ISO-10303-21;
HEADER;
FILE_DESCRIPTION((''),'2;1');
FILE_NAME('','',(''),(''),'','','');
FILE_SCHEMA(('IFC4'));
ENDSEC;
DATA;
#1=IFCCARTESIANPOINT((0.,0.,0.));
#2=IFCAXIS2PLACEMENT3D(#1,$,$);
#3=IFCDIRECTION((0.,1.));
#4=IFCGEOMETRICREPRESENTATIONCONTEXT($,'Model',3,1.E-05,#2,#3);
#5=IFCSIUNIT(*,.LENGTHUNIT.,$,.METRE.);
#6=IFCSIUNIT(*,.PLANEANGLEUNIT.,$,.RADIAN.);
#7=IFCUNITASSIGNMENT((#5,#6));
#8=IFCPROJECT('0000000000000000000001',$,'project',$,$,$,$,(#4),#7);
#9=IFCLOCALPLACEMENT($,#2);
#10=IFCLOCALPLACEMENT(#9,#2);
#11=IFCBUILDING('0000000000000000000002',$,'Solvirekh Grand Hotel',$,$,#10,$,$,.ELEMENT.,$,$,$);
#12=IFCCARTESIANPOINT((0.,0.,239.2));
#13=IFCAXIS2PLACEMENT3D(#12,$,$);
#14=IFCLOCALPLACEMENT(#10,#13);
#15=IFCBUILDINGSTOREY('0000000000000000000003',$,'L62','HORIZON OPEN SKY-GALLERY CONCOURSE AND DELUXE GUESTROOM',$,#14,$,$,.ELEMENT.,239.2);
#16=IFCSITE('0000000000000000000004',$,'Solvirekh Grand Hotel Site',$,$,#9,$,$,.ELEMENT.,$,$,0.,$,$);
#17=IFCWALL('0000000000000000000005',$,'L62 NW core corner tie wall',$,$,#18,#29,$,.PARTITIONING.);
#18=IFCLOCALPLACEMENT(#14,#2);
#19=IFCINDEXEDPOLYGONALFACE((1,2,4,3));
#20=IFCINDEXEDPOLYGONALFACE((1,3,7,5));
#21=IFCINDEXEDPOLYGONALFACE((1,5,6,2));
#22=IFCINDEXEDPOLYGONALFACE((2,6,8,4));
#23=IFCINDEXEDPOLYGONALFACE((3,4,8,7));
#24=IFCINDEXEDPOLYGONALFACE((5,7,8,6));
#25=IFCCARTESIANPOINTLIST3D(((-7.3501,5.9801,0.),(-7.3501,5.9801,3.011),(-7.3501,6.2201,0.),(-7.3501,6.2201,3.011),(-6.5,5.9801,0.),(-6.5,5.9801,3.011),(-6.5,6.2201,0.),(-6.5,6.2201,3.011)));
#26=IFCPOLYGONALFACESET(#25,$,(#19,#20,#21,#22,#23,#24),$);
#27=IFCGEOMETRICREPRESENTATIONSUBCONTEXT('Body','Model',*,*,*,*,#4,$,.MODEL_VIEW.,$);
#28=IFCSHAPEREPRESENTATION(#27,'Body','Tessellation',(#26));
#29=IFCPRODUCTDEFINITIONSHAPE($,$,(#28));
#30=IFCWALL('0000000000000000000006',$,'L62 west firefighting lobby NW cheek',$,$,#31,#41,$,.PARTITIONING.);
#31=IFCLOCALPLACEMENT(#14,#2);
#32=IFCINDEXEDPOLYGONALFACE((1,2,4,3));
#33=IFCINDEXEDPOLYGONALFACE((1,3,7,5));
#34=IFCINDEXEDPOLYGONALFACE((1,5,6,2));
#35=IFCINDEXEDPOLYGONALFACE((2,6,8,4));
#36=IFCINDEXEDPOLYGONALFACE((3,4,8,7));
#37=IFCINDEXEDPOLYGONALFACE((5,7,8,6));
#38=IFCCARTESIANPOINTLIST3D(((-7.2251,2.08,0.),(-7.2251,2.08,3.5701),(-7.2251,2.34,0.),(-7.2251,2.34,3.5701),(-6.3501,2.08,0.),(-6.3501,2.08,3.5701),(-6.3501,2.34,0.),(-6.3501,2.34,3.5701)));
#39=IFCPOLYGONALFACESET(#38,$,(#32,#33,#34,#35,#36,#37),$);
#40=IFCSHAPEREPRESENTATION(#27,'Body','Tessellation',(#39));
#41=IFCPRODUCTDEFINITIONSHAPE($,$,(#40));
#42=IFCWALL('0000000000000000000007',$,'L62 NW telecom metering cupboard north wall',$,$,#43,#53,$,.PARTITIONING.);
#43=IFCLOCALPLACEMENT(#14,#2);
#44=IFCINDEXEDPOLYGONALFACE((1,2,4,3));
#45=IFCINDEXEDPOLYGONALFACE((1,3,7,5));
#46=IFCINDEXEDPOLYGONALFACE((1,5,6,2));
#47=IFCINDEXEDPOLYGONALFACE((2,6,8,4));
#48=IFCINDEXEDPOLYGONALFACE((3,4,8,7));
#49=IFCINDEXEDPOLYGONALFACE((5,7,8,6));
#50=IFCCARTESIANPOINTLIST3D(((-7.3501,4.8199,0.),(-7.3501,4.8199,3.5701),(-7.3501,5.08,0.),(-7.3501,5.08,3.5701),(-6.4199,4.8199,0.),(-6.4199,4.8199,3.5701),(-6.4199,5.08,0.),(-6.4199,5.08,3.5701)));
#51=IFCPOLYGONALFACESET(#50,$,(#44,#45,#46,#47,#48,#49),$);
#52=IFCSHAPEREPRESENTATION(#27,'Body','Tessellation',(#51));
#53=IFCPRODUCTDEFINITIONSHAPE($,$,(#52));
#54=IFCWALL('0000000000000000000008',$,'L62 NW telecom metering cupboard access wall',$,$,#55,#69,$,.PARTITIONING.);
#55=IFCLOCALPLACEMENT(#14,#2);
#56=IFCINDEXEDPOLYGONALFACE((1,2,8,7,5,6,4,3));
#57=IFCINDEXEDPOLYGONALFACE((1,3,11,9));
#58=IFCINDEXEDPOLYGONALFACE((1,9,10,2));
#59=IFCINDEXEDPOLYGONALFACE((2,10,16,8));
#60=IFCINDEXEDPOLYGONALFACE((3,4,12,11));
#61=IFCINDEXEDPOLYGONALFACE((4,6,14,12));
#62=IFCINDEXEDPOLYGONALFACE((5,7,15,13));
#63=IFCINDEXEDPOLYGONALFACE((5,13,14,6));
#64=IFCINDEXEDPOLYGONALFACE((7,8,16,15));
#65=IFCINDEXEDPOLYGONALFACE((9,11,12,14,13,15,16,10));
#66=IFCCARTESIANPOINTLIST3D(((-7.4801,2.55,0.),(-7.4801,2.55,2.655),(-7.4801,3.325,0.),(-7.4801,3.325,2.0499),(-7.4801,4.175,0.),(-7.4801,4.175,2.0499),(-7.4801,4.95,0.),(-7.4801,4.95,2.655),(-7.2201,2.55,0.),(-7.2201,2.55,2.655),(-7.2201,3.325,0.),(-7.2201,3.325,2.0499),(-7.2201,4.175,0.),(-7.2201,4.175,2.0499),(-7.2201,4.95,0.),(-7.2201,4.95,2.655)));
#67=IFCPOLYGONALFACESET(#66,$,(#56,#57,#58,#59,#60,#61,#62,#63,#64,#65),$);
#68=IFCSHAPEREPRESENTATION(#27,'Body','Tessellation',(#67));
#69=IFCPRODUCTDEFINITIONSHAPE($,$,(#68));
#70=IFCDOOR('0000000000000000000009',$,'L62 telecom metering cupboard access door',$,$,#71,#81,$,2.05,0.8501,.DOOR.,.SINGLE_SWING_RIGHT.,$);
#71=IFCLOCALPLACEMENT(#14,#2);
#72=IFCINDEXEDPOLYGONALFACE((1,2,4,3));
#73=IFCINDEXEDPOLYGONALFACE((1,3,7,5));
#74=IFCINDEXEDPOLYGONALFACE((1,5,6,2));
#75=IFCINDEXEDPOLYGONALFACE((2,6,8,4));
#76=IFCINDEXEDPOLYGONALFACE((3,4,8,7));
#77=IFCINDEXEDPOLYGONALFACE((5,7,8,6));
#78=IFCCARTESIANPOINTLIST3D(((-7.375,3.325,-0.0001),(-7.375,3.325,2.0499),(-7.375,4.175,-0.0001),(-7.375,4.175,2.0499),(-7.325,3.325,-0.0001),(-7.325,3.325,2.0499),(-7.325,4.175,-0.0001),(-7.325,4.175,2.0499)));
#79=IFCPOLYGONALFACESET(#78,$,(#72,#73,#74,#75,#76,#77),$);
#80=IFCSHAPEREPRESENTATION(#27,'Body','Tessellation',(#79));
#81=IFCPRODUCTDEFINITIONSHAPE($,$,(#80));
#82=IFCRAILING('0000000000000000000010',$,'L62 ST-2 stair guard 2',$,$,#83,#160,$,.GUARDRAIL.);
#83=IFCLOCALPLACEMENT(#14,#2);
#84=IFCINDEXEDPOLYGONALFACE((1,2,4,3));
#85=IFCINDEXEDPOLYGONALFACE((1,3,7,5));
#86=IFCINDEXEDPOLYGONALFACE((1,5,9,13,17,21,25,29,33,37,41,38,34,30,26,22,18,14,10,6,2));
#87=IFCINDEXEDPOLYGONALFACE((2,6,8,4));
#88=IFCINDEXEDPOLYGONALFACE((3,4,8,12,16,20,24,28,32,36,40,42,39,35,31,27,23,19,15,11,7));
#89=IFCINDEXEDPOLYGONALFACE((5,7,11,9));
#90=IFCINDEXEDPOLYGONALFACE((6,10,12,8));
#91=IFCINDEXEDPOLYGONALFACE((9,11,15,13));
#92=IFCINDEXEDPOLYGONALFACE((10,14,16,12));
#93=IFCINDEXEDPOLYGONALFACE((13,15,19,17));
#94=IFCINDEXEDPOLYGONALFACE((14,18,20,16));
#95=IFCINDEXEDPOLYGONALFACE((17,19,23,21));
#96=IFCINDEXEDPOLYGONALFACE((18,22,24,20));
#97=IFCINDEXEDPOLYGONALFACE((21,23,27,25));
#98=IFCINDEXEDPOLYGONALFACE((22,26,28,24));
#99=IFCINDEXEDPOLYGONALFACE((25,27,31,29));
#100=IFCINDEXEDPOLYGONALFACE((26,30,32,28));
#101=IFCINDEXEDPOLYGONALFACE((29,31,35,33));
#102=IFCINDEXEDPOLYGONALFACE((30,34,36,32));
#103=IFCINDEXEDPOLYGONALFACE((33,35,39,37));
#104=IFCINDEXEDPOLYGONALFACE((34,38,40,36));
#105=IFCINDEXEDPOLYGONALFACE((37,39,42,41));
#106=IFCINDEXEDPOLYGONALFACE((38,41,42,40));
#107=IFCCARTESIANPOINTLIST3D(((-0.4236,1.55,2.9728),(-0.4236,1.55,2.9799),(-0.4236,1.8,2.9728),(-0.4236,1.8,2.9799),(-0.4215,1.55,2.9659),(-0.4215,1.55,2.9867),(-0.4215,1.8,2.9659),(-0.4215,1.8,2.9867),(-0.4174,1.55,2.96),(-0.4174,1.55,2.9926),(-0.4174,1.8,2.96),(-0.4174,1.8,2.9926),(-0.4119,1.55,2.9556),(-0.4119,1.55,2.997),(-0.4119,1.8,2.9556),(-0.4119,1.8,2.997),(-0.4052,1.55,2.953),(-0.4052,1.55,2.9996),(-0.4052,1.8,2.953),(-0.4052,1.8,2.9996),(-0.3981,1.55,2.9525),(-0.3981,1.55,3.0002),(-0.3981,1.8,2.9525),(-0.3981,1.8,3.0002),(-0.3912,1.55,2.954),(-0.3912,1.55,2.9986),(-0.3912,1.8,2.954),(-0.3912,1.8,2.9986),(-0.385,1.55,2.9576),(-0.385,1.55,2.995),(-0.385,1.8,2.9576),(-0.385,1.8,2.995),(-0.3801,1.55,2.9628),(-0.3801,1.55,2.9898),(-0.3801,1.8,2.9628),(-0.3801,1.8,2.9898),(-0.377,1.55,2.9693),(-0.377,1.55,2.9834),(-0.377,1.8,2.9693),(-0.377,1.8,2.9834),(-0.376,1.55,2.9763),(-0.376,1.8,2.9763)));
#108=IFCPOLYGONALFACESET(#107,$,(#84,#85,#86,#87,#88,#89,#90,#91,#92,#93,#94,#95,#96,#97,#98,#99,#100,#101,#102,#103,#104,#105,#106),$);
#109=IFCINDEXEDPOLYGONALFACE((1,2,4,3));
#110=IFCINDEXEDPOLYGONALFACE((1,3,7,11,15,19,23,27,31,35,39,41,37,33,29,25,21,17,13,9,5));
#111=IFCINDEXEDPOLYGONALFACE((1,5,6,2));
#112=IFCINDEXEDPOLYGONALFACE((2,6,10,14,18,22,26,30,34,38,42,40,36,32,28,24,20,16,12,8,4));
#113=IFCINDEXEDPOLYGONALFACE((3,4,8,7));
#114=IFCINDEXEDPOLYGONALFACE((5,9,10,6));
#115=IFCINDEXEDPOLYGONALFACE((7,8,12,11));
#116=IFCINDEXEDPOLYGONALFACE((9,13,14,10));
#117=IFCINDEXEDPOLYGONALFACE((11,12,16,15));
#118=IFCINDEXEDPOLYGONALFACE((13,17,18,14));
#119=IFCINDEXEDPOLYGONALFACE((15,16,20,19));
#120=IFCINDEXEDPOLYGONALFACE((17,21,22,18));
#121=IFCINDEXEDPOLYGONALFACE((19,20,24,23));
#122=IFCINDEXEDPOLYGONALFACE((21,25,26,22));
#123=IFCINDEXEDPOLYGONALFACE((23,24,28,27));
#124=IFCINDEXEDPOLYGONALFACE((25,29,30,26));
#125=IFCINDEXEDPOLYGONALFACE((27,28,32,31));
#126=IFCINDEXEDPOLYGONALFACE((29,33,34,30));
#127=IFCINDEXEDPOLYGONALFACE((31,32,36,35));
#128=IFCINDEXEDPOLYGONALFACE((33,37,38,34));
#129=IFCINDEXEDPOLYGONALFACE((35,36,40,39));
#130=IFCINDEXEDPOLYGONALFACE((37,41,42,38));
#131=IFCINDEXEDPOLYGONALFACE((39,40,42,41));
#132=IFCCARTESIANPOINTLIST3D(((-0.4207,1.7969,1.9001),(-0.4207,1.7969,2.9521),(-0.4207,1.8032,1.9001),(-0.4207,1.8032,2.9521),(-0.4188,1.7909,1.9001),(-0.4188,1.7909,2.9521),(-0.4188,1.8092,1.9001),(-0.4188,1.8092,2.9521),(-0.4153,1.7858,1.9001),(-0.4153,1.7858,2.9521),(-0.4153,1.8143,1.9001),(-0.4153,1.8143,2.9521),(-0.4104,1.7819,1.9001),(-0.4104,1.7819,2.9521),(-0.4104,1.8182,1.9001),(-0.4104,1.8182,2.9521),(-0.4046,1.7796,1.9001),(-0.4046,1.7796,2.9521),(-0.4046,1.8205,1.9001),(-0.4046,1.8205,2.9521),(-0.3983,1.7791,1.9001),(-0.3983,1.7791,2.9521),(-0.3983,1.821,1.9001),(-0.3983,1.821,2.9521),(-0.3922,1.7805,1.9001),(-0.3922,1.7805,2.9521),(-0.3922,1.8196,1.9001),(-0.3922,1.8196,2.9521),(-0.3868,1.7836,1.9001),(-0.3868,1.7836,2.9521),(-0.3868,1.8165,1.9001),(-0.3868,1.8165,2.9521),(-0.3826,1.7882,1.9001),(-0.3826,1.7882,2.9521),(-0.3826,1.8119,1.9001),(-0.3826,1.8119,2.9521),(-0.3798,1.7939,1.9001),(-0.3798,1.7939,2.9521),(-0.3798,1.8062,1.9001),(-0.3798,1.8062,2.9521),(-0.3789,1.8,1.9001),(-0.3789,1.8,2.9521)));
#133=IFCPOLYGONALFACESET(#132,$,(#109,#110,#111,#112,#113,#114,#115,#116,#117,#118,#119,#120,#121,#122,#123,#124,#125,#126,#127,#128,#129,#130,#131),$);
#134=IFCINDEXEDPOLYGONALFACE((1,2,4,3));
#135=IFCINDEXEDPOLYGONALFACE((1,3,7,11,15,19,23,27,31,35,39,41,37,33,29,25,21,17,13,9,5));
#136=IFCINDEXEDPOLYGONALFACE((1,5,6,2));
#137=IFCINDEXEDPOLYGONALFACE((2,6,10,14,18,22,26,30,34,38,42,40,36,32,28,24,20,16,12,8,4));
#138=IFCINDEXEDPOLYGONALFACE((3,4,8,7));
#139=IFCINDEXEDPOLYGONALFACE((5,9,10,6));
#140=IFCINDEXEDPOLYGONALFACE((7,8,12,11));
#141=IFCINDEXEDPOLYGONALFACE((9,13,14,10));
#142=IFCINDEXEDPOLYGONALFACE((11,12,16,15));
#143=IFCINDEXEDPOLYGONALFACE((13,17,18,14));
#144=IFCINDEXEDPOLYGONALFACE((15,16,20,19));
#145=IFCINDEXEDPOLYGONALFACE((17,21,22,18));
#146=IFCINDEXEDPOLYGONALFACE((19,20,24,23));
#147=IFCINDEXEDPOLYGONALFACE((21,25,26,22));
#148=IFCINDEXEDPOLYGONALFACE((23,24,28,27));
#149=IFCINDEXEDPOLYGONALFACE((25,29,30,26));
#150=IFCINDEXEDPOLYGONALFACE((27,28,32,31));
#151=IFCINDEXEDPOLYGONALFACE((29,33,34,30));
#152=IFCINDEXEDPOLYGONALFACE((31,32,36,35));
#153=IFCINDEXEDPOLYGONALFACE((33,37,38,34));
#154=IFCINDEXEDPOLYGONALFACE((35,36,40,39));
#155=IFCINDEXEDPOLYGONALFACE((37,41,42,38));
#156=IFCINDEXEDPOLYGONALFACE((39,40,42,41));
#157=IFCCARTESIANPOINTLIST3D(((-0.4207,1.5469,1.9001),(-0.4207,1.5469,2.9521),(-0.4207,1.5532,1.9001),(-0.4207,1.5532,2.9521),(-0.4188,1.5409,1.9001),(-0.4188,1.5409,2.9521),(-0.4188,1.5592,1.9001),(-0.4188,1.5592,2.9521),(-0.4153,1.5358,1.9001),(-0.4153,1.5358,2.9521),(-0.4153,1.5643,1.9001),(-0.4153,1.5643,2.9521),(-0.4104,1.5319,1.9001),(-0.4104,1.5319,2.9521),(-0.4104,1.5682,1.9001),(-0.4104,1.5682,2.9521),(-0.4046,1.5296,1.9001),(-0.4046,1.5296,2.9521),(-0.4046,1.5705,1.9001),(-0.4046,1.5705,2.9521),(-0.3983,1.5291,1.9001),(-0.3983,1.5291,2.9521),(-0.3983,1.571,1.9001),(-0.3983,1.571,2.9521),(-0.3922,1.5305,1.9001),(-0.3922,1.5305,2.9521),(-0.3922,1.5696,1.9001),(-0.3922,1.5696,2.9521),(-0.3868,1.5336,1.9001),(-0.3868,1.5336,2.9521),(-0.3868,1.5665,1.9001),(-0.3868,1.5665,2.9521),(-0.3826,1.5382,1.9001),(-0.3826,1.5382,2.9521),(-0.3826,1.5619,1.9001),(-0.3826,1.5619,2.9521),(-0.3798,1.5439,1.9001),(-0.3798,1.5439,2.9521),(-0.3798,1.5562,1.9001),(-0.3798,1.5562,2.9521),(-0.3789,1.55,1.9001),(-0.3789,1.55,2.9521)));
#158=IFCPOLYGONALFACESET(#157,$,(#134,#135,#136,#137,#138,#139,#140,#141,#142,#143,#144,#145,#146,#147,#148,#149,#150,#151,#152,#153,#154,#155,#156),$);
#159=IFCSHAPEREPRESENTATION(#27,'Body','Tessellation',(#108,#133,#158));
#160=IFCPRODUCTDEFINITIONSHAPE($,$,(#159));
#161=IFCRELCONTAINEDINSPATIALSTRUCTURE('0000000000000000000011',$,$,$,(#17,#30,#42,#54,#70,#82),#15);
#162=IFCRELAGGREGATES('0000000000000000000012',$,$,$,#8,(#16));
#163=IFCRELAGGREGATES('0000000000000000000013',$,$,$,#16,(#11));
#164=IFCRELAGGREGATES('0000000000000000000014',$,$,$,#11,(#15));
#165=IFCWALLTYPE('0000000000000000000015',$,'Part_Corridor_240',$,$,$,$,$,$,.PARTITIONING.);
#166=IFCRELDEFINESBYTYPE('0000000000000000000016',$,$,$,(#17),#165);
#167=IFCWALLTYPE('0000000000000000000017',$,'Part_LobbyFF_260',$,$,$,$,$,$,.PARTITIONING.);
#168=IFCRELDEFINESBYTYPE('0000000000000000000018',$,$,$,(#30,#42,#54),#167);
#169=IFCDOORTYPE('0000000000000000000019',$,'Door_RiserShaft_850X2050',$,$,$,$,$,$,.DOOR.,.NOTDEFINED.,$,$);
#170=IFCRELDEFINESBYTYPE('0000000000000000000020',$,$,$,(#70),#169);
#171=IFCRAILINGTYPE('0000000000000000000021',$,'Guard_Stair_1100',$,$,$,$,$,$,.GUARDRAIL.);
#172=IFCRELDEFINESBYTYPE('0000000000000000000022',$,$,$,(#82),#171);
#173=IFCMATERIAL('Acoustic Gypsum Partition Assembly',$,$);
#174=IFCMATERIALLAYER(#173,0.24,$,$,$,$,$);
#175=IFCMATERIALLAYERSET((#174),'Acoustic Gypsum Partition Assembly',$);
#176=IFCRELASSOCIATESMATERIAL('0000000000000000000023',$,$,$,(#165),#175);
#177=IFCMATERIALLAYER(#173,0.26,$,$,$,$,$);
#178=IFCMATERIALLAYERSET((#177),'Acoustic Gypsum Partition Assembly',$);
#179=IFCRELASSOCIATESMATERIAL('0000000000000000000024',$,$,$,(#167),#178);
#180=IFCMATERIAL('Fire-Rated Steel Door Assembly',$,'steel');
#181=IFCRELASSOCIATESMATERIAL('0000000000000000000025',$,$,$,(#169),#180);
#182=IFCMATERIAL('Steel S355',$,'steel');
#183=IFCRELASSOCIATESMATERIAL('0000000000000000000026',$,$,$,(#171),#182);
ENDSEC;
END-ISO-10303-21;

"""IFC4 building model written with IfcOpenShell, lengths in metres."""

from ifc_helpers import new_model, si_unit, direction, frame, frame_2d, origin, origin_2d, place, context, subcontext, project, spatial, rectangle, circle, extrude, material, layer, layer_set, type_object, element, fill, save


model = new_model("IFC4")

# Units and contexts
model_context = context("Model", 3, precision=1e-05, world=origin(), true_north=direction((0.0, 1.0)))
body_context = subcontext(model_context, "Body", "Model", "MODEL_VIEW")
ifc_project = project(units=[si_unit("LENGTHUNIT", "METRE"), si_unit("PLANEANGLEUNIT", "RADIAN")], contexts=[model_context])

# Site, building, storey
site_placement = place(None, origin())
site = spatial("IfcSite", under=ifc_project, at=site_placement, Name="Solvirekh Grand Hotel Site", CompositionType="ELEMENT", RefElevation=0.0)
building_placement = place(site_placement, origin())
building = spatial("IfcBuilding", under=site, at=building_placement, Name="Solvirekh Grand Hotel", CompositionType="ELEMENT")
storey_placement = place(building_placement, frame((0.0, 0.0, 239.2)))
storey = spatial("IfcBuildingStorey", under=building, at=storey_placement, Name="L62", Description="HORIZON OPEN SKY-GALLERY CONCOURSE AND DELUXE GUESTROOM", CompositionType="ELEMENT", Elevation=239.2)

# Shared definitions
ifc_material_1 = material(Name="Fire-Rated Steel Door Assembly", Category="steel")

# Walls
ifc_material_2 = material(Name="Acoustic Gypsum Partition Assembly")
ifc_layer_1 = layer(ifc_material_2, 0.24)
ifc_layer_set_1 = layer_set([ifc_layer_1], Name="Acoustic Gypsum Partition Assembly")
wall_type_1 = type_object("IfcWallType", Name="Part_Corridor_240", PredefinedType="PARTITIONING", material=ifc_layer_set_1)
wall_1_placement = place(storey_placement, frame((-7.3501, 6.1001, 0.0), z_axis=(0.0, 0.0, 1.0), x_axis=(1.0, 0.0, 0.0)))
element("IfcWall", 1, at=wall_1_placement, inside=storey, type_object=wall_type_1, Name="L62 NW core corner tie wall", PredefinedType="PARTITIONING", context=body_context, shape_type="SweptSolid", body=[
    extrude(rectangle(XDim=0.8501, YDim=0.24, at=frame_2d((0.425, 0.0))), origin(), (0.0, 0.0, 1.0), 3.011),
])
ifc_layer_2 = layer(ifc_material_2, 0.26)
ifc_layer_set_2 = layer_set([ifc_layer_2], Name="Acoustic Gypsum Partition Assembly")
wall_type_2 = type_object("IfcWallType", Name="Part_LobbyFF_260", PredefinedType="PARTITIONING", material=ifc_layer_set_2)
wall_2_placement = place(storey_placement, frame((-7.2251, 2.21, 0.0), z_axis=(0.0, 0.0, 1.0), x_axis=(1.0, 0.0, 0.0)))
element("IfcWall", 2, at=wall_2_placement, inside=storey, type_object=wall_type_2, Name="L62 west firefighting lobby NW cheek", PredefinedType="PARTITIONING", context=body_context, shape_type="SweptSolid", body=[
    extrude(rectangle(XDim=0.875, YDim=0.26, at=frame_2d((0.4375, 0.0))), origin(), (0.0, 0.0, 1.0), 3.5701),
])
wall_3_placement = place(storey_placement, frame((-7.3501, 4.95, 0.0), z_axis=(0.0, 0.0, 1.0), x_axis=(1.0, 0.0, 0.0)))
element("IfcWall", 3, at=wall_3_placement, inside=storey, type_object=wall_type_2, Name="L62 NW telecom metering cupboard north wall", PredefinedType="PARTITIONING", context=body_context, shape_type="SweptSolid", body=[
    extrude(rectangle(XDim=0.9302, YDim=0.26, at=frame_2d((0.4651, 0.0))), origin(), (0.0, 0.0, 1.0), 3.5701),
])

# Wall, opening, door
wall_4_placement = place(storey_placement, frame((-7.3501, 2.55, 0.0), z_axis=(0.0, 0.0, 1.0), x_axis=(0.0, 1.0, 0.0)))
wall_4 = element("IfcWall", 4, at=wall_4_placement, inside=storey, type_object=wall_type_2, Name="L62 NW telecom metering cupboard access wall", PredefinedType="PARTITIONING", context=body_context, shape_type="SweptSolid", body=[
    extrude(rectangle(XDim=2.3999, YDim=0.26, at=frame_2d((1.2, 0.0))), origin(), (0.0, 0.0, 1.0), 2.655),
])
opening_1_placement = place(wall_4_placement, frame((0.7749, 0.0, 0.0)))
opening_1 = element("IfcOpeningElement", 5, at=opening_1_placement, cuts=wall_4, PredefinedType="OPENING", context=body_context, shape_type="SweptSolid", body=[
    extrude(rectangle(XDim=0.8501, YDim=2.05, at=frame_2d((0.425, 1.0249))), frame((0.0, 0.1401, 0.0), z_axis=(0.0, -1.0, 0.0), x_axis=(1.0, 0.0, 0.0)), (0.0, 0.0, 1.0), 0.28),
])
door_type_1 = type_object("IfcDoorType", Name="Door_RiserShaft_850X2050", OperationType="NOTDEFINED", PredefinedType="DOOR", material=ifc_material_1)
door_1_placement = place(opening_1_placement, origin())
door_1 = element("IfcDoor", 6, at=door_1_placement, inside=storey, type_object=door_type_1, Name="L62 telecom metering cupboard access door", OperationType="SINGLE_SWING_RIGHT", OverallHeight=2.05, OverallWidth=0.8501, PredefinedType="DOOR", context=body_context, shape_type="SweptSolid", body=[
    extrude(rectangle(XDim=0.8501, YDim=2.05, at=frame_2d((0.425, 1.0249))), frame((0.0, 0.0249, 0.0), z_axis=(0.0, -1.0, 0.0), x_axis=(1.0, 0.0, 0.0)), (0.0, 0.0, 1.0), 0.05),
])
fill(opening_1, door_1)

# Railing
ifc_material_3 = material(Name="Steel S355", Category="steel")
railing_type = type_object("IfcRailingType", Name="Guard_Stair_1100", PredefinedType="GUARDRAIL", material=ifc_material_3)
railing_placement = place(storey_placement, frame((-0.3999, 1.8, 1.9001)))
element("IfcRailing", 7, at=railing_placement, inside=storey, type_object=railing_type, Name="L62 ST-2 stair guard 2", PredefinedType="GUARDRAIL", context=body_context, shape_type="SweptSolid", body=[
    extrude(circle(Radius=0.0239, at=origin_2d()), frame((0.0, 0.0, 1.0762), z_axis=(0.0, -1.0, 0.0), x_axis=(1.0, 0.0, 0.0)), (0.0, 0.0, 1.0), 0.25),
    extrude(circle(Radius=0.021, at=origin_2d()), origin(), (0.0, 0.0, 1.0), 1.052),
    extrude(circle(Radius=0.021, at=origin_2d()), frame((0.0, -0.25, 0.0)), (0.0, 0.0, 1.0), 1.052),
])

save(model, "model.ifc")
